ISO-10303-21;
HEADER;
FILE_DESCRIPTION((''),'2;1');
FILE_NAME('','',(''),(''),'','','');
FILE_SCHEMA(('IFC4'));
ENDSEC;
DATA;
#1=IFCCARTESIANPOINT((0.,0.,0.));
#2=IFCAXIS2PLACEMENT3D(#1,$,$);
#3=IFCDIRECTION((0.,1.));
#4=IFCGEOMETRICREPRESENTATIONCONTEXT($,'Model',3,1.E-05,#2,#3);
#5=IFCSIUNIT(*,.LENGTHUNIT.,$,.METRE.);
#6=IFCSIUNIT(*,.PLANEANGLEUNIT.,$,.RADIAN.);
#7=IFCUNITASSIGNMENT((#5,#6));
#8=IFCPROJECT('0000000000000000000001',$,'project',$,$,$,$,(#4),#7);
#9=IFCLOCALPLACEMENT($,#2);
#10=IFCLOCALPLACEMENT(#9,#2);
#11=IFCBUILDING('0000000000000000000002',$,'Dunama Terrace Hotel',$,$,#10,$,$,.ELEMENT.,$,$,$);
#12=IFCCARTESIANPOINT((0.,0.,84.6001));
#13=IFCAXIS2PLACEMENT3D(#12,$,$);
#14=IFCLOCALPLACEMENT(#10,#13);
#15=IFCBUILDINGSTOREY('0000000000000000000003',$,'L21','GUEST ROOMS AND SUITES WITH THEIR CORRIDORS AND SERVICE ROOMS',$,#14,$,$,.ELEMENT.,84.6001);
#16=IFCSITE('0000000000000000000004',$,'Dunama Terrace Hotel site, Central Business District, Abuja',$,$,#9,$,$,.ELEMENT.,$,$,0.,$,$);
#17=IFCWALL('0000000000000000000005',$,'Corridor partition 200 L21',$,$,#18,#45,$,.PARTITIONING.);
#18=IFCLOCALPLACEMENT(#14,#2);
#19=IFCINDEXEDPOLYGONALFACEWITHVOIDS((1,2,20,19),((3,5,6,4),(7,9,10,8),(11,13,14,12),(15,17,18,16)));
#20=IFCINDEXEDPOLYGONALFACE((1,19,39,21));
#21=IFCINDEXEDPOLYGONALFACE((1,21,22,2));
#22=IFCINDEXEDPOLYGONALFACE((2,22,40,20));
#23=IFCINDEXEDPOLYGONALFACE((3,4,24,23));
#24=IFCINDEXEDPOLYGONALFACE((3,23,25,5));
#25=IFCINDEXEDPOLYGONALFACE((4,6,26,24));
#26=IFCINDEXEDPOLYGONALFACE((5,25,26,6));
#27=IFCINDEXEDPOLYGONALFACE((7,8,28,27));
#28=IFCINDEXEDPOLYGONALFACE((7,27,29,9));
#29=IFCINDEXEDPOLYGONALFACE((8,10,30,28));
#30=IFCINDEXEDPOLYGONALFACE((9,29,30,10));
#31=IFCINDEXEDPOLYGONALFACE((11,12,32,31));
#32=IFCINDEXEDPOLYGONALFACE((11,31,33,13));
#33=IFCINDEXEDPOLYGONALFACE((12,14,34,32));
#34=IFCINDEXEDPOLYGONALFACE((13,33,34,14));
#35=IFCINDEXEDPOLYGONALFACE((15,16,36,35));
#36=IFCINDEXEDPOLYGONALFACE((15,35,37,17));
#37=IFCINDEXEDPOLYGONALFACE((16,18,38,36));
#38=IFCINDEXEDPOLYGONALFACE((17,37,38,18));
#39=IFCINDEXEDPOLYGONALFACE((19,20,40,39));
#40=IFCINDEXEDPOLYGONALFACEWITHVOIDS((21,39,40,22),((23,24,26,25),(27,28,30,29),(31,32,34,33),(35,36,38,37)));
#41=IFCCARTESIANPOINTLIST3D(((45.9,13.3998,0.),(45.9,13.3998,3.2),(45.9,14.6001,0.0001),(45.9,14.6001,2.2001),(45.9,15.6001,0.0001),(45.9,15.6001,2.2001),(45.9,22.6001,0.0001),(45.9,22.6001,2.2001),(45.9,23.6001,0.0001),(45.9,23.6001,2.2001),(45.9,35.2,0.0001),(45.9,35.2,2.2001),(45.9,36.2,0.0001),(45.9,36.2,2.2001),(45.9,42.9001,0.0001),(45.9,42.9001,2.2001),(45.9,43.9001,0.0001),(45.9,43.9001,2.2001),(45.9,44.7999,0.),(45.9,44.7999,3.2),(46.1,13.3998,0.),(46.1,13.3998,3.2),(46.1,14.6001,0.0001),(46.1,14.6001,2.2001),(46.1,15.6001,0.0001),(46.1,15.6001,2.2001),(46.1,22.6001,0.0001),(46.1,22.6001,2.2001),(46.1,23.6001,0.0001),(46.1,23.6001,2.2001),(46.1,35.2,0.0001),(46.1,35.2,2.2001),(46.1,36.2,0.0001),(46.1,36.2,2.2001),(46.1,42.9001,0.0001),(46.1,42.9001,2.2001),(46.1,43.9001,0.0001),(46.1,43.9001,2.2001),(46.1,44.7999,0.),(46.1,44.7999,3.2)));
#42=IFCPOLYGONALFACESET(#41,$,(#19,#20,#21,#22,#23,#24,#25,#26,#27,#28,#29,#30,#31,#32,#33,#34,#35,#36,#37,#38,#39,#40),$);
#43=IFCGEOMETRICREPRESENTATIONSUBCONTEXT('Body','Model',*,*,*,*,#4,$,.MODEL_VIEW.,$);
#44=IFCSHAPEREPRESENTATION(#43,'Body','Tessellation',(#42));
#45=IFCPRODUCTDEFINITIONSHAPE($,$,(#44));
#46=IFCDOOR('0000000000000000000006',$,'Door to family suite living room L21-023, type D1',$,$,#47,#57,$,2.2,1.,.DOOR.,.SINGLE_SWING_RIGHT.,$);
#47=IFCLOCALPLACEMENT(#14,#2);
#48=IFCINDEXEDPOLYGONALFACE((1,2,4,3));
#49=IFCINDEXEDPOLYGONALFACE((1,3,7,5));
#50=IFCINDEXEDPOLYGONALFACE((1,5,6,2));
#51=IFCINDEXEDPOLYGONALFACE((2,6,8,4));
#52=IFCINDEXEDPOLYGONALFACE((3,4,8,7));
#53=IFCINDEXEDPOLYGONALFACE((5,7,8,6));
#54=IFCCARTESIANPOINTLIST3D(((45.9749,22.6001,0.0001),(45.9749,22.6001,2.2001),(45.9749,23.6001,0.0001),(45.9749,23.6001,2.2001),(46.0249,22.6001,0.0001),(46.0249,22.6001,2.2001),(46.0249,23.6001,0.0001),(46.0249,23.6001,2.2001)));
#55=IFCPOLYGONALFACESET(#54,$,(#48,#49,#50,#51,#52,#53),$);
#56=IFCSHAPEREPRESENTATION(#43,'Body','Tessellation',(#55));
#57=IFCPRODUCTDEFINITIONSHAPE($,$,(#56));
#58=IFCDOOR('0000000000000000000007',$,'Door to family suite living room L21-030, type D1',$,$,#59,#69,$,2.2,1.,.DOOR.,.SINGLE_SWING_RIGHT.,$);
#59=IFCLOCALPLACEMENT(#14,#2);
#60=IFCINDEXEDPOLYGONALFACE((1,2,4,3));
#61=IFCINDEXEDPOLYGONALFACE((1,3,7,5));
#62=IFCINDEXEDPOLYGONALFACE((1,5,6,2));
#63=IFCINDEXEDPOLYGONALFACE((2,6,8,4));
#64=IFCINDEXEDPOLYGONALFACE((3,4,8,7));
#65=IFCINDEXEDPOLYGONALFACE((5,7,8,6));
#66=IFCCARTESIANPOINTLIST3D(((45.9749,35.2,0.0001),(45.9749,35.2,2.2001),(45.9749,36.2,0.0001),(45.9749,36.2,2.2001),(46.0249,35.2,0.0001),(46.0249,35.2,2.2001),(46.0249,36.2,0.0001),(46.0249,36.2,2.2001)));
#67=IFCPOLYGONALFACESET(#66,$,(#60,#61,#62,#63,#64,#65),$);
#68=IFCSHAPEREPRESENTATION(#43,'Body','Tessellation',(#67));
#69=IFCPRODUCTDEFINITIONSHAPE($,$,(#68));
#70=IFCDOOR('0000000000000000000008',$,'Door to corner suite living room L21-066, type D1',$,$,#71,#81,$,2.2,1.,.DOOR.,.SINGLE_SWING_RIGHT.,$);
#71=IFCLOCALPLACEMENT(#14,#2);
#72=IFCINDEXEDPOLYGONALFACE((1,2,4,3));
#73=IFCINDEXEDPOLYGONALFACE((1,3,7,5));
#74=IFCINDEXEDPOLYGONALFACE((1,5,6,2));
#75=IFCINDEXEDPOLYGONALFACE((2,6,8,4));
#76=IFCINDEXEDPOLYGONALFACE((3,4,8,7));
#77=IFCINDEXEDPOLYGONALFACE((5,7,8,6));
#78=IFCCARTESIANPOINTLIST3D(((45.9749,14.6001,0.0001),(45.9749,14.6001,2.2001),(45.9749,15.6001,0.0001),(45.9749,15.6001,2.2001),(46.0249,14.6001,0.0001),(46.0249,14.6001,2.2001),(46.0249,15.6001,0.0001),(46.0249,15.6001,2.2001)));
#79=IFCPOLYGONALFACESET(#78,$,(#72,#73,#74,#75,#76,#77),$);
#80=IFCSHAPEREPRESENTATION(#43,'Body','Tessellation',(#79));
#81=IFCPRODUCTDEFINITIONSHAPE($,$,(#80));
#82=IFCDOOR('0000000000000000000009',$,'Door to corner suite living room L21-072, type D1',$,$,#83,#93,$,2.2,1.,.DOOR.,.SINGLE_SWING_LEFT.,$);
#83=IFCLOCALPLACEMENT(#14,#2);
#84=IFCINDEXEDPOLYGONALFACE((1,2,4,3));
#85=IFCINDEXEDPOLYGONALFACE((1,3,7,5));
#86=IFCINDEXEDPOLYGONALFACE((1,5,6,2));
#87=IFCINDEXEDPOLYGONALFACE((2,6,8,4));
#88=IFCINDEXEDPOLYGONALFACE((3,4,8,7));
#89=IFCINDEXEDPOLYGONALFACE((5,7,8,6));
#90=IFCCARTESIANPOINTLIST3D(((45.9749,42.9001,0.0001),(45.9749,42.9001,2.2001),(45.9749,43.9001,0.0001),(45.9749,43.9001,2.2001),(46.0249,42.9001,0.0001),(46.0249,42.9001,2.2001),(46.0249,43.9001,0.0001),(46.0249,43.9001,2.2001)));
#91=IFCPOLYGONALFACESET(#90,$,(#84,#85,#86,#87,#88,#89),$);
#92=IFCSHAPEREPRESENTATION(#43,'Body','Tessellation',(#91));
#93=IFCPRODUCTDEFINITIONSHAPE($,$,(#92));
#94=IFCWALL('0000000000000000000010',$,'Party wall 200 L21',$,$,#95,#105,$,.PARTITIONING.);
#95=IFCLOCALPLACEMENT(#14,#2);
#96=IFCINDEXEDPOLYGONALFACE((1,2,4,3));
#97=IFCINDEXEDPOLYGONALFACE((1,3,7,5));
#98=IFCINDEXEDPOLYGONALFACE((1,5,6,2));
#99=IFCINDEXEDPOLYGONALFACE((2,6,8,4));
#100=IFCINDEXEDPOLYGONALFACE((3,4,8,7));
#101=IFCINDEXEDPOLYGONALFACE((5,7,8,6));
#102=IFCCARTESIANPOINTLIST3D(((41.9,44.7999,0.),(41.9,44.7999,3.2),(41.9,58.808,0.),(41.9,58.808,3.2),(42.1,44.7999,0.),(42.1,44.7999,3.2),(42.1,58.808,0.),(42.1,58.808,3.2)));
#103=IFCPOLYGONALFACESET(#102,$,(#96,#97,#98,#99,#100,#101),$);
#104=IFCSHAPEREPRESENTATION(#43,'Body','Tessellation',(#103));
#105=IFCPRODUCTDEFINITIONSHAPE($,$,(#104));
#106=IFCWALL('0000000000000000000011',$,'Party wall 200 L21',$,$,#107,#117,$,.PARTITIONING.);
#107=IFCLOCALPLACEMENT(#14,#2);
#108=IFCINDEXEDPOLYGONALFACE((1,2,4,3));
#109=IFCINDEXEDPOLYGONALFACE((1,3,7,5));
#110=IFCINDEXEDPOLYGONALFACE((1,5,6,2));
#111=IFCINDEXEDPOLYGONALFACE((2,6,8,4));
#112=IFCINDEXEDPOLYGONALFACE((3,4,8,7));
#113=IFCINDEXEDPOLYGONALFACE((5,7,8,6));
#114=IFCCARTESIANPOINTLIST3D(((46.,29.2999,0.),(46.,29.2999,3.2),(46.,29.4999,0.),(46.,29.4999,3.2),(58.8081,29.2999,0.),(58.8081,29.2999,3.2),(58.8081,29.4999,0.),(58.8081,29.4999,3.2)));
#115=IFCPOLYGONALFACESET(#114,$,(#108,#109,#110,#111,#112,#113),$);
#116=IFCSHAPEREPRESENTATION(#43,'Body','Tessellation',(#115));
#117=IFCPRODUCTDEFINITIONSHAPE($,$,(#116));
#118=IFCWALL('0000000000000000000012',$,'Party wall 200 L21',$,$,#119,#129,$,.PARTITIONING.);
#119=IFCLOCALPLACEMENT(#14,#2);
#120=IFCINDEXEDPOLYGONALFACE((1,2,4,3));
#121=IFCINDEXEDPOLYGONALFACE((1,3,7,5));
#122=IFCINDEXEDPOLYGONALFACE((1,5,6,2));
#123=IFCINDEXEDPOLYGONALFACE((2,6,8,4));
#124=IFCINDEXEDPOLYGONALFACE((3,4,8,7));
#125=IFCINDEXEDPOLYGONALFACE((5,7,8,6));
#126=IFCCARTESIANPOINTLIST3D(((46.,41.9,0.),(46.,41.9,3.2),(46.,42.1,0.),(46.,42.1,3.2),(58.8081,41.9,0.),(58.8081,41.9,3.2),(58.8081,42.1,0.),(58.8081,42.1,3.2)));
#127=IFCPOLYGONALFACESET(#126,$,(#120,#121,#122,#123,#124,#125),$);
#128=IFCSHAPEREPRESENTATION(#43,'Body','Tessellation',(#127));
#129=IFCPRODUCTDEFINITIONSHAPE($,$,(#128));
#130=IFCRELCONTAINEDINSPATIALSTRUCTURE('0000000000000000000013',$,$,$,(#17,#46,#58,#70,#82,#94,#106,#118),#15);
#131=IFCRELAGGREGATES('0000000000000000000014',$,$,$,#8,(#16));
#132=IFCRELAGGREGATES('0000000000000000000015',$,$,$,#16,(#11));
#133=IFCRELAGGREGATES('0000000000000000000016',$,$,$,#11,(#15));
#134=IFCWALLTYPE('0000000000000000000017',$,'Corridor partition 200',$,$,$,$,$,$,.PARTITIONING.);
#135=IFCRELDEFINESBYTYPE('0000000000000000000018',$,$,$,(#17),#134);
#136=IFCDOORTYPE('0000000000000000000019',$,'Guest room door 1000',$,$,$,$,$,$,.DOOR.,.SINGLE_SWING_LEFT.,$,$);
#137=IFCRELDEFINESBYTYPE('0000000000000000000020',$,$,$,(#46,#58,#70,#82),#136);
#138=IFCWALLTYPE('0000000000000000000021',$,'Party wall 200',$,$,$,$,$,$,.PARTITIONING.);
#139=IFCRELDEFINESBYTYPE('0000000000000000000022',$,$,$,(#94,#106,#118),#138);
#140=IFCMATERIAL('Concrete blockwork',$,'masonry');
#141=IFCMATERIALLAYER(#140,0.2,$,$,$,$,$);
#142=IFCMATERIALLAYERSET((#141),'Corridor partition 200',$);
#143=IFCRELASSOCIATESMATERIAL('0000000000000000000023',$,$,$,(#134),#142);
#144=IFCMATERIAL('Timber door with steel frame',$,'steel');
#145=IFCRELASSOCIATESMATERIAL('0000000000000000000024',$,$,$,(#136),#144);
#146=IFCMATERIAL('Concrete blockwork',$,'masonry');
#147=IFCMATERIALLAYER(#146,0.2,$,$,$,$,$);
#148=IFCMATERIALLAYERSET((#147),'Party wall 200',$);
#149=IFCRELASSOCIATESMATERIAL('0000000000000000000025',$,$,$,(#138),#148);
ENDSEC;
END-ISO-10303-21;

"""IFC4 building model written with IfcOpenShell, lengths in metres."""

from ifc_helpers import new_model, si_unit, direction, frame, frame_2d, origin, place, context, subcontext, project, spatial, rectangle, extrude, material, layer, layer_set, type_object, element, fill, save


model = new_model("IFC4")

# Units and contexts
model_context = context("Model", 3, precision=1e-05, world=origin(), true_north=direction((0.0, 1.0)))
body_context = subcontext(model_context, "Body", "Model", "MODEL_VIEW")
ifc_project = project(units=[si_unit("LENGTHUNIT", "METRE"), si_unit("PLANEANGLEUNIT", "RADIAN")], contexts=[model_context])

# Site, building, storey
site_placement = place(None, origin())
site = spatial("IfcSite", under=ifc_project, at=site_placement, Name="Dunama Terrace Hotel site, Central Business District, Abuja", CompositionType="ELEMENT", RefElevation=0.0)
building_placement = place(site_placement, origin())
building = spatial("IfcBuilding", under=site, at=building_placement, Name="Dunama Terrace Hotel", CompositionType="ELEMENT")
storey_placement = place(building_placement, frame((0.0, 0.0, 84.6001)))
storey = spatial("IfcBuildingStorey", under=building, at=storey_placement, Name="L21", Description="GUEST ROOMS AND SUITES WITH THEIR CORRIDORS AND SERVICE ROOMS", CompositionType="ELEMENT", Elevation=84.6001)

# Wall, openings, doors
ifc_material_1 = material(Name="Concrete blockwork", Category="masonry")
ifc_layer_1 = layer(ifc_material_1, 0.2)
ifc_layer_set_1 = layer_set([ifc_layer_1], Name="Corridor partition 200")
wall_type_1 = type_object("IfcWallType", Name="Corridor partition 200", PredefinedType="PARTITIONING", material=ifc_layer_set_1)
wall_1_placement = place(storey_placement, frame((46.0, 44.8, 0.0), z_axis=(0.0, 0.0, 1.0), x_axis=(0.0, -1.0, 0.0)))
wall_1 = element("IfcWall", 1, at=wall_1_placement, inside=storey, type_object=wall_type_1, Name="Corridor partition 200 L21", PredefinedType="PARTITIONING", context=body_context, shape_type="SweptSolid", body=[
    extrude(rectangle(XDim=31.4001, YDim=0.2, at=frame_2d((15.7002, 0.0))), origin(), (0.0, 0.0, 1.0), 3.2),
])
opening_1_placement = place(wall_1_placement, frame((21.2, 0.0, 0.0)))
opening_1 = element("IfcOpeningElement", 2, at=opening_1_placement, cuts=wall_1, PredefinedType="OPENING", context=body_context, shape_type="SweptSolid", body=[
    extrude(rectangle(XDim=1.0, YDim=2.2, at=frame_2d((0.5, 1.1001))), frame((0.0, 0.1099, 0.0), z_axis=(0.0, -1.0, 0.0), x_axis=(1.0, 0.0, 0.0)), (0.0, 0.0, 1.0), 0.22),
])
opening_2_placement = place(wall_1_placement, frame((8.6001, 0.0, 0.0)))
opening_2 = element("IfcOpeningElement", 3, at=opening_2_placement, cuts=wall_1, PredefinedType="OPENING", context=body_context, shape_type="SweptSolid", body=[
    extrude(rectangle(XDim=1.0, YDim=2.2, at=frame_2d((0.5, 1.1001))), frame((0.0, 0.1099, 0.0), z_axis=(0.0, -1.0, 0.0), x_axis=(1.0, 0.0, 0.0)), (0.0, 0.0, 1.0), 0.22),
])
opening_3_placement = place(wall_1_placement, frame((29.2, 0.0, 0.0)))
opening_3 = element("IfcOpeningElement", 4, at=opening_3_placement, cuts=wall_1, PredefinedType="OPENING", context=body_context, shape_type="SweptSolid", body=[
    extrude(rectangle(XDim=1.0, YDim=2.2, at=frame_2d((0.5, 1.1001))), frame((0.0, 0.1099, 0.0), z_axis=(0.0, -1.0, 0.0), x_axis=(1.0, 0.0, 0.0)), (0.0, 0.0, 1.0), 0.22),
])
opening_4_placement = place(wall_1_placement, frame((0.8999, 0.0, 0.0)))
opening_4 = element("IfcOpeningElement", 5, at=opening_4_placement, cuts=wall_1, PredefinedType="OPENING", context=body_context, shape_type="SweptSolid", body=[
    extrude(rectangle(XDim=1.0, YDim=2.2, at=frame_2d((0.5, 1.1001))), frame((0.0, 0.1099, 0.0), z_axis=(0.0, -1.0, 0.0), x_axis=(1.0, 0.0, 0.0)), (0.0, 0.0, 1.0), 0.22),
])
ifc_material_2 = material(Name="Timber door with steel frame", Category="steel")
door_type_1 = type_object("IfcDoorType", Name="Guest room door 1000", OperationType="SINGLE_SWING_LEFT", PredefinedType="DOOR", material=ifc_material_2)
door_1_placement = place(opening_1_placement, origin())
door_1 = element("IfcDoor", 6, at=door_1_placement, inside=storey, type_object=door_type_1, Name="Door to family suite living room L21-023, type D1", OperationType="SINGLE_SWING_RIGHT", OverallHeight=2.2, OverallWidth=1.0, PredefinedType="DOOR", context=body_context, shape_type="SweptSolid", body=[
    extrude(rectangle(XDim=1.0, YDim=2.2, at=frame_2d((0.5, 1.1001))), frame((0.0, 0.0249, 0.0), z_axis=(0.0, -1.0, 0.0), x_axis=(1.0, 0.0, 0.0)), (0.0, 0.0, 1.0), 0.05),
])
fill(opening_1, door_1)
door_2_placement = place(opening_2_placement, origin())
door_2 = element("IfcDoor", 7, at=door_2_placement, inside=storey, type_object=door_type_1, Name="Door to family suite living room L21-030, type D1", OperationType="SINGLE_SWING_RIGHT", OverallHeight=2.2, OverallWidth=1.0, PredefinedType="DOOR", context=body_context, shape_type="SweptSolid", body=[
    extrude(rectangle(XDim=1.0, YDim=2.2, at=frame_2d((0.5, 1.1001))), frame((0.0, 0.0249, 0.0), z_axis=(0.0, -1.0, 0.0), x_axis=(1.0, 0.0, 0.0)), (0.0, 0.0, 1.0), 0.05),
])
fill(opening_2, door_2)
door_3_placement = place(opening_3_placement, origin())
door_3 = element("IfcDoor", 8, at=door_3_placement, inside=storey, type_object=door_type_1, Name="Door to corner suite living room L21-066, type D1", OperationType="SINGLE_SWING_RIGHT", OverallHeight=2.2, OverallWidth=1.0, PredefinedType="DOOR", context=body_context, shape_type="SweptSolid", body=[
    extrude(rectangle(XDim=1.0, YDim=2.2, at=frame_2d((0.5, 1.1001))), frame((0.0, 0.0249, 0.0), z_axis=(0.0, -1.0, 0.0), x_axis=(1.0, 0.0, 0.0)), (0.0, 0.0, 1.0), 0.05),
])
fill(opening_3, door_3)
door_4_placement = place(opening_4_placement, origin())
door_4 = element("IfcDoor", 9, at=door_4_placement, inside=storey, type_object=door_type_1, Name="Door to corner suite living room L21-072, type D1", OperationType="SINGLE_SWING_LEFT", OverallHeight=2.2, OverallWidth=1.0, PredefinedType="DOOR", context=body_context, shape_type="SweptSolid", body=[
    extrude(rectangle(XDim=1.0, YDim=2.2, at=frame_2d((0.5, 1.1001))), frame((0.0, 0.0249, 0.0), z_axis=(0.0, -1.0, 0.0), x_axis=(1.0, 0.0, 0.0)), (0.0, 0.0, 1.0), 0.05),
])
fill(opening_4, door_4)

# Walls
ifc_material_3 = material(Name="Concrete blockwork", Category="masonry")
ifc_layer_2 = layer(ifc_material_3, 0.2)
ifc_layer_set_2 = layer_set([ifc_layer_2], Name="Party wall 200")
wall_type_2 = type_object("IfcWallType", Name="Party wall 200", PredefinedType="PARTITIONING", material=ifc_layer_set_2)
wall_2_placement = place(storey_placement, frame((42.0, 44.8, 0.0), z_axis=(0.0, 0.0, 1.0), x_axis=(0.0, 1.0, 0.0)))
element("IfcWall", 10, at=wall_2_placement, inside=storey, type_object=wall_type_2, Name="Party wall 200 L21", PredefinedType="PARTITIONING", context=body_context, shape_type="SweptSolid", body=[
    extrude(rectangle(XDim=14.0081, YDim=0.2, at=frame_2d((7.0039, 0.0))), origin(), (0.0, 0.0, 1.0), 3.2),
])
for number, where, z_axis, x_axis, name in (
    (11, (46.0, 29.3999, 0.0), (0.0, 0.0, 1.0), (1.0, 0.0, 0.0), "Party wall 200 L21"),
    (12, (46.0, 42.0, 0.0), (0.0, 0.0, 1.0), (1.0, 0.0, 0.0), "Party wall 200 L21"),
):
    element("IfcWall", number, at=place(storey_placement, frame(where, z_axis=z_axis, x_axis=x_axis)), inside=storey, type_object=wall_type_2, Name=name, PredefinedType="PARTITIONING", context=body_context, shape_type="SweptSolid", body=[
        extrude(rectangle(XDim=12.8081, YDim=0.2, at=frame_2d((6.4041, 0.0))), origin(), (0.0, 0.0, 1.0), 3.2),
    ])

save(model, "model.ifc")
